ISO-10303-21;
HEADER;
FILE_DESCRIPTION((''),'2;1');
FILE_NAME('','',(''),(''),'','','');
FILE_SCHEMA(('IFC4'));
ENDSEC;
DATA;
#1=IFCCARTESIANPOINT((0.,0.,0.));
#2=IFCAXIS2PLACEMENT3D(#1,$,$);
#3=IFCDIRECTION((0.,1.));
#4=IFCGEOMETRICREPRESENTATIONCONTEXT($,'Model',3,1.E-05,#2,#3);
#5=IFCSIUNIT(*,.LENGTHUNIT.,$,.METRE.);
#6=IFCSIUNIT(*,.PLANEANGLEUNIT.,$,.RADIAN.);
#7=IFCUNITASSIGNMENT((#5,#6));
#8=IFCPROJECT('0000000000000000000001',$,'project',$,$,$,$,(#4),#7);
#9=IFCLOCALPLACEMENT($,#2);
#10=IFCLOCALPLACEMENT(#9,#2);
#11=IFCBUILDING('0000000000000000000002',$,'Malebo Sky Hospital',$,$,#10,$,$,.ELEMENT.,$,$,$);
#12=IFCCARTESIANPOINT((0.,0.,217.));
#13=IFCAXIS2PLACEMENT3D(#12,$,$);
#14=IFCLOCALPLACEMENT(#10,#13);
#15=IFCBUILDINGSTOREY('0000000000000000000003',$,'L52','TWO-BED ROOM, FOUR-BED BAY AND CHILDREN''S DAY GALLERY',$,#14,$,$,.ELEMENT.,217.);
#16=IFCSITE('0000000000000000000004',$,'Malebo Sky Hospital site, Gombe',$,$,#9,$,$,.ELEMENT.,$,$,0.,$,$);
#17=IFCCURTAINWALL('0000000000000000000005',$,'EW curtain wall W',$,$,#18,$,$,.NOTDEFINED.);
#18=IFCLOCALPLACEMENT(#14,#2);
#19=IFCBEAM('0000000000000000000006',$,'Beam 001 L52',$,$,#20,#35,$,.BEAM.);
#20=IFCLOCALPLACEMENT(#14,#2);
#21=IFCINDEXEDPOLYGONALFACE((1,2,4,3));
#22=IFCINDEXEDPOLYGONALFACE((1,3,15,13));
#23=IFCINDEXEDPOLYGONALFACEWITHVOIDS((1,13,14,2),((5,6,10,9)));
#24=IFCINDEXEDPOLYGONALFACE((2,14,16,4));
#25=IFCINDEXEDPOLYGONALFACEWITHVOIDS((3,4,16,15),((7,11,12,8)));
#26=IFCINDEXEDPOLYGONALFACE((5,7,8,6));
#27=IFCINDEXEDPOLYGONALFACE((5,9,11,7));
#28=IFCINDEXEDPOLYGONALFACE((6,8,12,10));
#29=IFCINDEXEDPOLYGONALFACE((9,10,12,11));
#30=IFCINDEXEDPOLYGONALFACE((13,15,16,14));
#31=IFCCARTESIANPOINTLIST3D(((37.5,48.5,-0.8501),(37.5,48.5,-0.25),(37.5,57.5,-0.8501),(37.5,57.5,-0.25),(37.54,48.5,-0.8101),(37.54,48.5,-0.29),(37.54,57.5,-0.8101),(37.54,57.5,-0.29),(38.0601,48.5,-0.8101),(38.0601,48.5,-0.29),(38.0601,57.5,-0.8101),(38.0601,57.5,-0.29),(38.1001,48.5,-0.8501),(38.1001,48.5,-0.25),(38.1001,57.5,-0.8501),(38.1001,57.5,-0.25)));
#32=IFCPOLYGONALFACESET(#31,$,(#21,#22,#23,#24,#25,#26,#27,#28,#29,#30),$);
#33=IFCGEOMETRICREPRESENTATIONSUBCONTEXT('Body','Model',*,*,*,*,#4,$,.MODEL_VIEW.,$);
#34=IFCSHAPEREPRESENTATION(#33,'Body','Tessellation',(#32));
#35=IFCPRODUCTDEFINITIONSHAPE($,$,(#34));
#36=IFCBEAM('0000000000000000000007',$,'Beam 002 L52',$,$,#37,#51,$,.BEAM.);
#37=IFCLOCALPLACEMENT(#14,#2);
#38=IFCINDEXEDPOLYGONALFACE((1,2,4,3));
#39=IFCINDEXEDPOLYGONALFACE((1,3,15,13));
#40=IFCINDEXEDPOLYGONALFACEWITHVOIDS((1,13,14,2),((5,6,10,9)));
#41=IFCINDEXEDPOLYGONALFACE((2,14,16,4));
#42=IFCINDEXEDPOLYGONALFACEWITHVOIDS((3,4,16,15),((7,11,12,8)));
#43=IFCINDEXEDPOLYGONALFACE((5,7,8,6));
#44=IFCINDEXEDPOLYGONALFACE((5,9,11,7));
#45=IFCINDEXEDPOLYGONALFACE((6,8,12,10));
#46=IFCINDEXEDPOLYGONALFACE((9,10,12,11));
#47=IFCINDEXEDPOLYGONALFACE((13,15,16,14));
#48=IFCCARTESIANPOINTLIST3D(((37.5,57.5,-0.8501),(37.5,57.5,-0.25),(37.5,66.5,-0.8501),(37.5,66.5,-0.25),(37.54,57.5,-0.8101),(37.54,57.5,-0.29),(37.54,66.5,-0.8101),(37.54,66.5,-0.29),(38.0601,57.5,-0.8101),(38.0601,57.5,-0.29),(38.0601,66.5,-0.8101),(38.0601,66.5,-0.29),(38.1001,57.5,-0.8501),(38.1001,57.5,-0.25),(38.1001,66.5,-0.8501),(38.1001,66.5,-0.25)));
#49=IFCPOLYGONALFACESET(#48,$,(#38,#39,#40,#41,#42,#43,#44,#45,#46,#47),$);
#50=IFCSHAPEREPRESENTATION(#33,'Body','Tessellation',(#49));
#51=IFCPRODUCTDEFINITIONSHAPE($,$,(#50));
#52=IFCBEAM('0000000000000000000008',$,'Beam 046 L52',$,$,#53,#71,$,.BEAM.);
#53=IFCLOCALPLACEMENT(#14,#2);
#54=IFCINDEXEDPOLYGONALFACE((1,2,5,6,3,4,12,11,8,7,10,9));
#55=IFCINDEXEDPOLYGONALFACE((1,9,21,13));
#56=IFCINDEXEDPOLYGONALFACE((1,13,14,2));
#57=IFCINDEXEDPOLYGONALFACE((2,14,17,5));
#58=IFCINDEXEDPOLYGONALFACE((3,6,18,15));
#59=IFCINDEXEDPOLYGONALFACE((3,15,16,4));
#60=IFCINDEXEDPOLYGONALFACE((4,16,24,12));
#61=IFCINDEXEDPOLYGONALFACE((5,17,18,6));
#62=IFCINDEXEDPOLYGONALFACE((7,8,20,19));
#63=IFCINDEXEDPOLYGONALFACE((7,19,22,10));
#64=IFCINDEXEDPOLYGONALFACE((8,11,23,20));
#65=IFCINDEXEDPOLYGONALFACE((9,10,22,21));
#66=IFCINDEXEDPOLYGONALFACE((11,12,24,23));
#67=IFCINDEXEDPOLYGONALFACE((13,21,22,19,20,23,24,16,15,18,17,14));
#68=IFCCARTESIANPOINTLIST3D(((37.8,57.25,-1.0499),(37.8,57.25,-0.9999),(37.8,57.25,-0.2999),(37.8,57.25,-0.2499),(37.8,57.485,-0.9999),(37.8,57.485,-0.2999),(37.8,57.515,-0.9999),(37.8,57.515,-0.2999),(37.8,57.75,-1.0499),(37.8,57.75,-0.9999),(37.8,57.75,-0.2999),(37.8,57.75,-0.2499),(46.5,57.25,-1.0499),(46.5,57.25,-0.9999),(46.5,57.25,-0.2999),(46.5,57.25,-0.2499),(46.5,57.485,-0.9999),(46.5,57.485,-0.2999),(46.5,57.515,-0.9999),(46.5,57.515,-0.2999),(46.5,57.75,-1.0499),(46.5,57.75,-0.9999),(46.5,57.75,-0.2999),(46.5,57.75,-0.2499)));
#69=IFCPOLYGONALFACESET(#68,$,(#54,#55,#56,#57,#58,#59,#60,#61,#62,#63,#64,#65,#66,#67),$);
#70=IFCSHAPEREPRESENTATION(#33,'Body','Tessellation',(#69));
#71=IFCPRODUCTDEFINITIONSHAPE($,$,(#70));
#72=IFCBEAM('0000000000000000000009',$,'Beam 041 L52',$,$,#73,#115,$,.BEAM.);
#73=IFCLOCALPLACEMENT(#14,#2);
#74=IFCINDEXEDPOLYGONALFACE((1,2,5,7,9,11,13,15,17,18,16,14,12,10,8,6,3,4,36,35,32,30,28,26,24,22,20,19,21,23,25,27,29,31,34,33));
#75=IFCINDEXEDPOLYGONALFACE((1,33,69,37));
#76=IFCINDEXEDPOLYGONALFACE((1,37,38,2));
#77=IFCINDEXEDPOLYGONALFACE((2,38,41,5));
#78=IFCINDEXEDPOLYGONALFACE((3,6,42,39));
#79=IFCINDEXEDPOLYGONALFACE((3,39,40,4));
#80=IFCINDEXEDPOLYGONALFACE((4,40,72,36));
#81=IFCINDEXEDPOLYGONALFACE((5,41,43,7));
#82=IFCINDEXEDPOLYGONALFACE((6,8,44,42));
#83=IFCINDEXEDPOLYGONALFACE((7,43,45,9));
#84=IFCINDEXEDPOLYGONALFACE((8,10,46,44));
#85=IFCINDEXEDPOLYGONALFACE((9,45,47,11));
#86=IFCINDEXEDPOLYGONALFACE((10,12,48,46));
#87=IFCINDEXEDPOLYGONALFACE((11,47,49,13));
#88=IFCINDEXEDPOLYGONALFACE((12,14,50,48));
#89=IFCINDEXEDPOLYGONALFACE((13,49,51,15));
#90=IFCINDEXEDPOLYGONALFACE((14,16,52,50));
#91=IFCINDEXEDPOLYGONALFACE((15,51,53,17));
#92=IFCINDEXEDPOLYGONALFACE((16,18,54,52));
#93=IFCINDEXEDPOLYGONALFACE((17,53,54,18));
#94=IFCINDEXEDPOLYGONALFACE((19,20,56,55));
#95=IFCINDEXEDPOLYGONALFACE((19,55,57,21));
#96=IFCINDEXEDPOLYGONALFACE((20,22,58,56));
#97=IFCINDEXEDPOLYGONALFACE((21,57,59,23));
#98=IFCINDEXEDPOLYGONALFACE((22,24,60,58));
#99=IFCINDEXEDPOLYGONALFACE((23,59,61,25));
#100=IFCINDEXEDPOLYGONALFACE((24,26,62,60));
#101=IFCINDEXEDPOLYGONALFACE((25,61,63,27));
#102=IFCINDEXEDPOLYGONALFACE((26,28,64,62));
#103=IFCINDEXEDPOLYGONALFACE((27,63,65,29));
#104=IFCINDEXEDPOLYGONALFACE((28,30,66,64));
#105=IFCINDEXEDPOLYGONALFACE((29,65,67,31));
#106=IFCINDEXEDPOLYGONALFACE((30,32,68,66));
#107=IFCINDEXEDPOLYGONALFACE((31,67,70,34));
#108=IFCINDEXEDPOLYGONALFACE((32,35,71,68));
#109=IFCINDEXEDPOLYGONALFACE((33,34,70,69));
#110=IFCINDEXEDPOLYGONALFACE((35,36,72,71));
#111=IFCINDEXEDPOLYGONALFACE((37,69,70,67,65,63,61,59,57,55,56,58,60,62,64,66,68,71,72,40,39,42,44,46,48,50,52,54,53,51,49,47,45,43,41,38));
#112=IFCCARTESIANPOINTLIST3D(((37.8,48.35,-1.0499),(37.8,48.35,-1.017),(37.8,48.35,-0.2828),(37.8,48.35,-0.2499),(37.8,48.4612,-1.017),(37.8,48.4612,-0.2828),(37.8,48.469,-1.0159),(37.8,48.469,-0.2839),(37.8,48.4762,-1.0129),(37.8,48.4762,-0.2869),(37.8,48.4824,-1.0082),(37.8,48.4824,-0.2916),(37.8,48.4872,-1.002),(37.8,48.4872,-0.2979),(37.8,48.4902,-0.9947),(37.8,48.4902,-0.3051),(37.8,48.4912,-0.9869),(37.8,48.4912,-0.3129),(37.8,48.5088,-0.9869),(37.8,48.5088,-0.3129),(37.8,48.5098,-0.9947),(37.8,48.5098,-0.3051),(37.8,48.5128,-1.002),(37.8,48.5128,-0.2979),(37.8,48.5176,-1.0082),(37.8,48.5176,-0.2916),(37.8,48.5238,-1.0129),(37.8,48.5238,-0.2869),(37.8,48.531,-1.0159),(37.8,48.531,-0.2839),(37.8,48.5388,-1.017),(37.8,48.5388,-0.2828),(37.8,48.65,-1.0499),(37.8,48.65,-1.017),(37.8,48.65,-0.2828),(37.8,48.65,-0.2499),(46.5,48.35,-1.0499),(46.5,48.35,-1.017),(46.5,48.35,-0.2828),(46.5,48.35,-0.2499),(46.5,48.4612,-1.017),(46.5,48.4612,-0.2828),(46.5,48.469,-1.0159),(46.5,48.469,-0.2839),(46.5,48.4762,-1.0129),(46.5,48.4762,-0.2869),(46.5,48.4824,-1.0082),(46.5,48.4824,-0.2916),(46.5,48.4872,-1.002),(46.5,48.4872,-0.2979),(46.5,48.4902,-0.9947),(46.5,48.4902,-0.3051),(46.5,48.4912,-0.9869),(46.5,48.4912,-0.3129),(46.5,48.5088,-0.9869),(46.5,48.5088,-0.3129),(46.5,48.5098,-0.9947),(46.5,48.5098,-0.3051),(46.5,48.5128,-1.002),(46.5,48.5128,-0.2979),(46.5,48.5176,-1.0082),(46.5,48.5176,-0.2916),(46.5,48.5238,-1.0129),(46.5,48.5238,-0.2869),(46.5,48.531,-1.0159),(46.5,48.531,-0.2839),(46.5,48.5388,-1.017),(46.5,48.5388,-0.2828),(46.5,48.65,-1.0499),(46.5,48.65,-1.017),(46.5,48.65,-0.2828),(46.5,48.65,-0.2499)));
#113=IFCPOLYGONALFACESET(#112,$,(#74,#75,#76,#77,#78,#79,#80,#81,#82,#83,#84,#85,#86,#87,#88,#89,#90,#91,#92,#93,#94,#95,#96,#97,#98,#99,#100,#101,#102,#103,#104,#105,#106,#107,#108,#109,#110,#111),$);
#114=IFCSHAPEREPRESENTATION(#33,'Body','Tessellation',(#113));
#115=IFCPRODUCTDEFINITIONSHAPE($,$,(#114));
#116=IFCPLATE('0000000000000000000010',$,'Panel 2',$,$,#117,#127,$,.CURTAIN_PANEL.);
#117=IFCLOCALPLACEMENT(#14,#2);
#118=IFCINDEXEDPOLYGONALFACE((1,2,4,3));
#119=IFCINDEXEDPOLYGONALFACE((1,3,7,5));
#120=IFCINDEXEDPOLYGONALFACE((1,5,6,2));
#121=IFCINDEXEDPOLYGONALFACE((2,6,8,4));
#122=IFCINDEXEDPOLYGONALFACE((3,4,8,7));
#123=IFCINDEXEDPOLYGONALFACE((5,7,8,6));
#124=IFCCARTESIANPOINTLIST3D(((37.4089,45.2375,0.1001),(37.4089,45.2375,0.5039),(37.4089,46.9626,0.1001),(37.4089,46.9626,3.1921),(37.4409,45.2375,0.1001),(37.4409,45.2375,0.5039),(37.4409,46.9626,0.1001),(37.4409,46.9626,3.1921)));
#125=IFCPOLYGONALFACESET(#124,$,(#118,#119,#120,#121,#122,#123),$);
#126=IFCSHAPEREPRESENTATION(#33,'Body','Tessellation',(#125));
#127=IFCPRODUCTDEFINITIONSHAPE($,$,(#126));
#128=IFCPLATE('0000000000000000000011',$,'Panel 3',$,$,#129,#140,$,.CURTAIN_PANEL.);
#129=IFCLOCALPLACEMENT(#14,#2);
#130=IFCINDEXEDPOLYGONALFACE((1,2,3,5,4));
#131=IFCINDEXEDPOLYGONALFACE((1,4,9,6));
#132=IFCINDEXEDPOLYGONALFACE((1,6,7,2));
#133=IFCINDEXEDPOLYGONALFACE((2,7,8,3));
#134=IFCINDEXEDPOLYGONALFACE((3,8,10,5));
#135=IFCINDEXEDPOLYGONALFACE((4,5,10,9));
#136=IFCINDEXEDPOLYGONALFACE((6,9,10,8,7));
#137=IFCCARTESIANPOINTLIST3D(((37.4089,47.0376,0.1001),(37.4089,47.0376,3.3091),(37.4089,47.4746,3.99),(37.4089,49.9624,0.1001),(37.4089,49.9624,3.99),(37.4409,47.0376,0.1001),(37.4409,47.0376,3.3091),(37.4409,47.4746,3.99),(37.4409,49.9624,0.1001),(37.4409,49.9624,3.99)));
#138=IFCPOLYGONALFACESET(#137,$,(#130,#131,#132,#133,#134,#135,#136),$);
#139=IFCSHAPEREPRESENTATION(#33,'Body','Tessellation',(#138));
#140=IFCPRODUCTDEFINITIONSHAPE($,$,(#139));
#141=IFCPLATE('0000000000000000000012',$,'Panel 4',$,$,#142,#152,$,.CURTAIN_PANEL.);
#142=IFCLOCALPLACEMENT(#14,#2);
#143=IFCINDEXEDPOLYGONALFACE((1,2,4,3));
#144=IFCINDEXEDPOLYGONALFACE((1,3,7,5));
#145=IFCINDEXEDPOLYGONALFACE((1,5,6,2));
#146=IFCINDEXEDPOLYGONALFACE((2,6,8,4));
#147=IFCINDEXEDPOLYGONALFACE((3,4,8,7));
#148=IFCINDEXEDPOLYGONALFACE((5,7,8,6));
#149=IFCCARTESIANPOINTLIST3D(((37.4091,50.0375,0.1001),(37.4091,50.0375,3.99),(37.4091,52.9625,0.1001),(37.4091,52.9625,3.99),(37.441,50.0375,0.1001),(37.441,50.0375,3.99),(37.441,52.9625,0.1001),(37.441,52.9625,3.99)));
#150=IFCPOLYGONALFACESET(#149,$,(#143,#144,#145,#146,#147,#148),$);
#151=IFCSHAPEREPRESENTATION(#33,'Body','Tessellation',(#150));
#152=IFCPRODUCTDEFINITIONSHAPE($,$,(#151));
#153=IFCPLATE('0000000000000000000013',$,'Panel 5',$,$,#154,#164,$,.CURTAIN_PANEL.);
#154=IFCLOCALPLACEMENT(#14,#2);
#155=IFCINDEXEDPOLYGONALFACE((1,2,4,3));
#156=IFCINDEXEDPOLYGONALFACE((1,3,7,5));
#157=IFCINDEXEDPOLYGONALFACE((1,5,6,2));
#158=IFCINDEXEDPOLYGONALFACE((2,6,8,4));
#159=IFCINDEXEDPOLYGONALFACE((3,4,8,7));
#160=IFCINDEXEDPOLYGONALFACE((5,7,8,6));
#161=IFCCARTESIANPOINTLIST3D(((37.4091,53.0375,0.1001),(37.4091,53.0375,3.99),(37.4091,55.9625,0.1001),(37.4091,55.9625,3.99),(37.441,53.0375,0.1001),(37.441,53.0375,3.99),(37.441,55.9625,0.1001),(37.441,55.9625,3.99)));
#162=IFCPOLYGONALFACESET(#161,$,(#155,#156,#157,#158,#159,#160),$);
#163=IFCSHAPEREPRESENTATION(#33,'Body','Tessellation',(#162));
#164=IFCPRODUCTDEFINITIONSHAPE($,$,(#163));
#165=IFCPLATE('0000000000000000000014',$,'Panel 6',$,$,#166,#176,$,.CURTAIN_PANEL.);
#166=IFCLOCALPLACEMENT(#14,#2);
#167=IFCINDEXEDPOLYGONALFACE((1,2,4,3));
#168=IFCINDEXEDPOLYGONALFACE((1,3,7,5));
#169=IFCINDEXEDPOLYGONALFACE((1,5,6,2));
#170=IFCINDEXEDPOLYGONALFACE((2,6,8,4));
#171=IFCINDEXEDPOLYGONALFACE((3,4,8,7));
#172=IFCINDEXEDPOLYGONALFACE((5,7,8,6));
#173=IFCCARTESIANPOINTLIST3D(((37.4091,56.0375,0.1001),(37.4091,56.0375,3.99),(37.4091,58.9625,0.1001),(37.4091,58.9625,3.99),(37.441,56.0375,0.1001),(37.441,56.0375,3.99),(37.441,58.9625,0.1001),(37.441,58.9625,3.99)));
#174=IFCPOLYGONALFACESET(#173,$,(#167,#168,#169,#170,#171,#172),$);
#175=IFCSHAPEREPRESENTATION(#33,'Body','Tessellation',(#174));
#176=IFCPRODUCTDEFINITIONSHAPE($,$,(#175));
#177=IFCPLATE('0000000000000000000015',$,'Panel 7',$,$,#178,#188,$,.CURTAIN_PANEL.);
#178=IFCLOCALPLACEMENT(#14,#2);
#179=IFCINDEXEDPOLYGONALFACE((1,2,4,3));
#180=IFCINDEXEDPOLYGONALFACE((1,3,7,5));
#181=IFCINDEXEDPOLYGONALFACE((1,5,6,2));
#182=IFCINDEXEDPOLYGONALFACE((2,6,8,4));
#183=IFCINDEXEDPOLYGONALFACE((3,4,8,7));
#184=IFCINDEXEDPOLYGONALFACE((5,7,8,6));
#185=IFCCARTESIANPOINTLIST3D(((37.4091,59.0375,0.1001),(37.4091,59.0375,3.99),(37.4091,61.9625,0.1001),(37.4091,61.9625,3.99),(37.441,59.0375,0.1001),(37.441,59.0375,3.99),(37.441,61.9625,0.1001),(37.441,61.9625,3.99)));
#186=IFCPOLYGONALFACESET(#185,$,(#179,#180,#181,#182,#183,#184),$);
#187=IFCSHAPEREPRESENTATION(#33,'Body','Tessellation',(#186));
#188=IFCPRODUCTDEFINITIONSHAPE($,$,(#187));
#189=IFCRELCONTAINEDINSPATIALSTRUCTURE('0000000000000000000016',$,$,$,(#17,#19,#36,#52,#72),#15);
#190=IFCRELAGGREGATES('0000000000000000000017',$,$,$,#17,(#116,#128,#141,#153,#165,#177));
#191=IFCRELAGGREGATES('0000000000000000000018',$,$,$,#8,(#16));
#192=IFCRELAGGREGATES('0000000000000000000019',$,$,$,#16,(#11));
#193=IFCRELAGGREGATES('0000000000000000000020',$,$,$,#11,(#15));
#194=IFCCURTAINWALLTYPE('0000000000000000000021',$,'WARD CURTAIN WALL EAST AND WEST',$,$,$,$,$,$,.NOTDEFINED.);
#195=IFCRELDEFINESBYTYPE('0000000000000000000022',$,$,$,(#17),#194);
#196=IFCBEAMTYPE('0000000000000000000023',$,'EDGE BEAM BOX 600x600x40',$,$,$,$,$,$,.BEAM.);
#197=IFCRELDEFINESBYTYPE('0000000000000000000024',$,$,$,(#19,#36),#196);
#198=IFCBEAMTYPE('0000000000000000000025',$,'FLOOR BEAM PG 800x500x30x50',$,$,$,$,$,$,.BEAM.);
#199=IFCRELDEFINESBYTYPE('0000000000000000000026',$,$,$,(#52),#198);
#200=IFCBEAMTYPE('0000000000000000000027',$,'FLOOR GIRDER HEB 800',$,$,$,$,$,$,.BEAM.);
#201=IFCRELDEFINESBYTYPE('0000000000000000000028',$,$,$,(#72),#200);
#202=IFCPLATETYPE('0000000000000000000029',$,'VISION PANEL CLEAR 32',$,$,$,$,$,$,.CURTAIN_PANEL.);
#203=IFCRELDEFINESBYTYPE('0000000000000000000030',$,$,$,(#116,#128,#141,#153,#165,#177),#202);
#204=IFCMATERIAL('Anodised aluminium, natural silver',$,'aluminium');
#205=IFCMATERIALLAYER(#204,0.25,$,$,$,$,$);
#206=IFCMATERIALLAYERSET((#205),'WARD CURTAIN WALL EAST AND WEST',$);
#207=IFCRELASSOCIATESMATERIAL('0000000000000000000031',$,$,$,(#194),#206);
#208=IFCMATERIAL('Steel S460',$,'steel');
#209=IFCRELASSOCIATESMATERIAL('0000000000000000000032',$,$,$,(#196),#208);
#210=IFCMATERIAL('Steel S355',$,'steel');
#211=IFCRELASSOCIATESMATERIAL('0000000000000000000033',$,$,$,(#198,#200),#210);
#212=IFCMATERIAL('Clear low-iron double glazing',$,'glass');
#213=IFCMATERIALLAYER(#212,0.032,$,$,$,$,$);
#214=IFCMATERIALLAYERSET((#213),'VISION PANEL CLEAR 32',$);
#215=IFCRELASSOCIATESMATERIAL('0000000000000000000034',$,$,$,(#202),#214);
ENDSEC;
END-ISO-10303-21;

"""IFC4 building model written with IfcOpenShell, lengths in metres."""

from ifc_helpers import new_model, si_unit, direction, frame, origin, origin_2d, place, context, subcontext, project, spatial, polyline, rectangle, hollow_rectangle, i_section, outline, extrude, material, layer, layer_set, material_profile, profile_set, type_object, element, aggregate, save


model = new_model("IFC4")

# Units and contexts
model_context = context("Model", 3, precision=1e-05, world=origin(), true_north=direction((0.0, 1.0)))
body_context = subcontext(model_context, "Body", "Model", "MODEL_VIEW")
ifc_project = project(units=[si_unit("LENGTHUNIT", "METRE"), si_unit("PLANEANGLEUNIT", "RADIAN")], contexts=[model_context])

# Site, building, storey
site_placement = place(None, origin())
site = spatial("IfcSite", under=ifc_project, at=site_placement, Name="Malebo Sky Hospital site, Gombe", CompositionType="ELEMENT", RefElevation=0.0)
building_placement = place(site_placement, origin())
building = spatial("IfcBuilding", under=site, at=building_placement, Name="Malebo Sky Hospital", CompositionType="ELEMENT")
storey_placement = place(building_placement, frame((0.0, 0.0, 217.0)))
storey = spatial("IfcBuildingStorey", under=building, at=storey_placement, Name="L52", Description="TWO-BED ROOM, FOUR-BED BAY AND CHILDREN'S DAY GALLERY", CompositionType="ELEMENT", Elevation=217.0)

# Shared definitions
ifc_material_1 = material(Name="Steel S460", Category="steel")

# Curtain wall
ifc_material_2 = material(Name="Anodised aluminium, natural silver", Category="aluminium")
ifc_layer_1 = layer(ifc_material_2, 0.25)
ifc_layer_set_1 = layer_set([ifc_layer_1], Name="WARD CURTAIN WALL EAST AND WEST")
curtain_wall_type = type_object("IfcCurtainWallType", Name="WARD CURTAIN WALL EAST AND WEST", PredefinedType="NOTDEFINED", material=ifc_layer_set_1)
curtain_wall_placement = place(storey_placement, origin())
curtain_wall = element("IfcCurtainWall", 1, at=curtain_wall_placement, inside=storey, type_object=curtain_wall_type, Name="EW curtain wall W", PredefinedType="NOTDEFINED")

# Beams
ifc_material_profile_1 = material_profile(ifc_material_1, hollow_rectangle(XDim=0.6001, YDim=0.6001, WallThickness=0.04, at=origin_2d()), Name="BOX 600x600x40")
ifc_profile_set_1 = profile_set([ifc_material_profile_1], Name="Steel S460")
beam_type_1 = type_object("IfcBeamType", Name="EDGE BEAM BOX 600x600x40", PredefinedType="BEAM", material=ifc_profile_set_1)
for number, where, z_axis, x_axis, name in (
    (2, (37.8, 48.5, -0.55), (0.0, 1.0, 0.0), (-1.0, 0.0, 0.0), "Beam 001 L52"),
    (3, (37.8, 57.5, -0.55), (0.0, 1.0, 0.0), (-1.0, 0.0, 0.0), "Beam 002 L52"),
):
    element("IfcBeam", number, at=place(storey_placement, frame(where, z_axis=z_axis, x_axis=x_axis)), inside=storey, type_object=beam_type_1, Name=name, PredefinedType="BEAM", context=body_context, shape_type="SweptSolid", body=[
        extrude(hollow_rectangle(XDim=0.6001, YDim=0.6001, WallThickness=0.04, at=origin_2d()), origin(), (0.0, 0.0, 1.0), 9.0),
    ])
ifc_material_3 = material(Name="Steel S355", Category="steel")
ifc_material_profile_2 = material_profile(ifc_material_3, i_section(OverallWidth=0.5, OverallDepth=0.8, WebThickness=0.03, FlangeThickness=0.05, at=origin_2d()), Name="PG 800x500x30x50")
ifc_profile_set_2 = profile_set([ifc_material_profile_2], Name="Steel S355")
beam_type_2 = type_object("IfcBeamType", Name="FLOOR BEAM PG 800x500x30x50", PredefinedType="BEAM", material=ifc_profile_set_2)
beam_1_placement = place(storey_placement, frame((37.8, 57.5, -0.6499), z_axis=(1.0, 0.0, 0.0), x_axis=(0.0, 1.0, 0.0)))
element("IfcBeam", 4, at=beam_1_placement, inside=storey, type_object=beam_type_2, Name="Beam 046 L52", PredefinedType="BEAM", context=body_context, shape_type="SweptSolid", body=[
    extrude(i_section(OverallWidth=0.5, OverallDepth=0.8, WebThickness=0.03, FlangeThickness=0.05, at=origin_2d()), origin(), (0.0, 0.0, 1.0), 8.7),
])
ifc_material_profile_3 = material_profile(ifc_material_3, i_section(OverallWidth=0.3, OverallDepth=0.8, WebThickness=0.0176, FlangeThickness=0.033, FilletRadius=0.03, at=origin_2d()), Name="HEB 800")
ifc_profile_set_3 = profile_set([ifc_material_profile_3], Name="Steel S355")
beam_type_3 = type_object("IfcBeamType", Name="FLOOR GIRDER HEB 800", PredefinedType="BEAM", material=ifc_profile_set_3)
beam_2_placement = place(storey_placement, frame((37.8, 48.5, -0.6499), z_axis=(1.0, 0.0, 0.0), x_axis=(0.0, 1.0, 0.0)))
element("IfcBeam", 5, at=beam_2_placement, inside=storey, type_object=beam_type_3, Name="Beam 041 L52", PredefinedType="BEAM", context=body_context, shape_type="SweptSolid", body=[
    extrude(i_section(OverallWidth=0.3, OverallDepth=0.8, WebThickness=0.0176, FlangeThickness=0.033, FilletRadius=0.03, at=origin_2d()), origin(), (0.0, 0.0, 1.0), 8.7),
])

# Plates
ifc_material_4 = material(Name="Clear low-iron double glazing", Category="glass")
ifc_layer_2 = layer(ifc_material_4, 0.032)
ifc_layer_set_2 = layer_set([ifc_layer_2], Name="VISION PANEL CLEAR 32")
plate_type = type_object("IfcPlateType", Name="VISION PANEL CLEAR 32", PredefinedType="CURTAIN_PANEL", material=ifc_layer_set_2)
plate_1_placement = place(storey_placement, frame((37.425, 46.1001, 0.1001), z_axis=(0.0, 0.0, 1.0), x_axis=(0.0, 1.0, 0.0)))
plate_1 = element("IfcPlate", 6, at=plate_1_placement, type_object=plate_type, Name="Panel 2", PredefinedType="CURTAIN_PANEL", context=body_context, shape_type="SweptSolid", body=[
    extrude(outline(polyline([(-0.8625, 0.0), (0.8625, 0.0), (0.8625, 3.092), (-0.8625, 0.4038), (-0.8625, 0.0)])), frame((0.0, 0.0161, 0.0), z_axis=(0.0, -1.0, 0.0), x_axis=(1.0, 0.0, 0.0)), (0.0, 0.0, 1.0), 0.032),
])
plate_2_placement = place(storey_placement, frame((37.425, 48.5, 0.1001), z_axis=(0.0, 0.0, 1.0), x_axis=(0.0, 1.0, 0.0)))
plate_2 = element("IfcPlate", 7, at=plate_2_placement, type_object=plate_type, Name="Panel 3", PredefinedType="CURTAIN_PANEL", context=body_context, shape_type="SweptSolid", body=[
    extrude(outline(polyline([(-1.4624, 0.0), (1.4624, 0.0), (1.4624, 3.8899), (-1.0254, 3.8899), (-1.4624, 3.209), (-1.4624, 0.0)])), frame((0.0, 0.0161, 0.0), z_axis=(0.0, -1.0, 0.0), x_axis=(1.0, 0.0, 0.0)), (0.0, 0.0, 1.0), 0.032),
])
plate_3_placement = place(storey_placement, frame((37.425, 51.5, 0.1001), z_axis=(0.0, 0.0, 1.0), x_axis=(0.0, 1.0, 0.0)))
plate_3 = element("IfcPlate", 8, at=plate_3_placement, type_object=plate_type, Name="Panel 4", PredefinedType="CURTAIN_PANEL", context=body_context, shape_type="SweptSolid", body=[
    extrude(rectangle(XDim=2.925, YDim=0.032, at=origin_2d()), origin(), (0.0, 0.0, 1.0), 3.8899),
])
plate_4_placement = place(storey_placement, frame((37.425, 54.5, 0.1001), z_axis=(0.0, 0.0, 1.0), x_axis=(0.0, 1.0, 0.0)))
plate_4 = element("IfcPlate", 9, at=plate_4_placement, type_object=plate_type, Name="Panel 5", PredefinedType="CURTAIN_PANEL", context=body_context, shape_type="SweptSolid", body=[
    extrude(rectangle(XDim=2.925, YDim=0.032, at=origin_2d()), origin(), (0.0, 0.0, 1.0), 3.8899),
])
plate_5_placement = place(storey_placement, frame((37.425, 57.5, 0.1001), z_axis=(0.0, 0.0, 1.0), x_axis=(0.0, 1.0, 0.0)))
plate_5 = element("IfcPlate", 10, at=plate_5_placement, type_object=plate_type, Name="Panel 6", PredefinedType="CURTAIN_PANEL", context=body_context, shape_type="SweptSolid", body=[
    extrude(rectangle(XDim=2.925, YDim=0.032, at=origin_2d()), origin(), (0.0, 0.0, 1.0), 3.8899),
])
plate_6_placement = place(storey_placement, frame((37.425, 60.5, 0.1001), z_axis=(0.0, 0.0, 1.0), x_axis=(0.0, 1.0, 0.0)))
plate_6 = element("IfcPlate", 11, at=plate_6_placement, type_object=plate_type, Name="Panel 7", PredefinedType="CURTAIN_PANEL", context=body_context, shape_type="SweptSolid", body=[
    extrude(rectangle(XDim=2.925, YDim=0.032, at=origin_2d()), origin(), (0.0, 0.0, 1.0), 3.8899),
])
aggregate(curtain_wall, [plate_1, plate_2, plate_3, plate_4, plate_5, plate_6])

save(model, "model.ifc")
